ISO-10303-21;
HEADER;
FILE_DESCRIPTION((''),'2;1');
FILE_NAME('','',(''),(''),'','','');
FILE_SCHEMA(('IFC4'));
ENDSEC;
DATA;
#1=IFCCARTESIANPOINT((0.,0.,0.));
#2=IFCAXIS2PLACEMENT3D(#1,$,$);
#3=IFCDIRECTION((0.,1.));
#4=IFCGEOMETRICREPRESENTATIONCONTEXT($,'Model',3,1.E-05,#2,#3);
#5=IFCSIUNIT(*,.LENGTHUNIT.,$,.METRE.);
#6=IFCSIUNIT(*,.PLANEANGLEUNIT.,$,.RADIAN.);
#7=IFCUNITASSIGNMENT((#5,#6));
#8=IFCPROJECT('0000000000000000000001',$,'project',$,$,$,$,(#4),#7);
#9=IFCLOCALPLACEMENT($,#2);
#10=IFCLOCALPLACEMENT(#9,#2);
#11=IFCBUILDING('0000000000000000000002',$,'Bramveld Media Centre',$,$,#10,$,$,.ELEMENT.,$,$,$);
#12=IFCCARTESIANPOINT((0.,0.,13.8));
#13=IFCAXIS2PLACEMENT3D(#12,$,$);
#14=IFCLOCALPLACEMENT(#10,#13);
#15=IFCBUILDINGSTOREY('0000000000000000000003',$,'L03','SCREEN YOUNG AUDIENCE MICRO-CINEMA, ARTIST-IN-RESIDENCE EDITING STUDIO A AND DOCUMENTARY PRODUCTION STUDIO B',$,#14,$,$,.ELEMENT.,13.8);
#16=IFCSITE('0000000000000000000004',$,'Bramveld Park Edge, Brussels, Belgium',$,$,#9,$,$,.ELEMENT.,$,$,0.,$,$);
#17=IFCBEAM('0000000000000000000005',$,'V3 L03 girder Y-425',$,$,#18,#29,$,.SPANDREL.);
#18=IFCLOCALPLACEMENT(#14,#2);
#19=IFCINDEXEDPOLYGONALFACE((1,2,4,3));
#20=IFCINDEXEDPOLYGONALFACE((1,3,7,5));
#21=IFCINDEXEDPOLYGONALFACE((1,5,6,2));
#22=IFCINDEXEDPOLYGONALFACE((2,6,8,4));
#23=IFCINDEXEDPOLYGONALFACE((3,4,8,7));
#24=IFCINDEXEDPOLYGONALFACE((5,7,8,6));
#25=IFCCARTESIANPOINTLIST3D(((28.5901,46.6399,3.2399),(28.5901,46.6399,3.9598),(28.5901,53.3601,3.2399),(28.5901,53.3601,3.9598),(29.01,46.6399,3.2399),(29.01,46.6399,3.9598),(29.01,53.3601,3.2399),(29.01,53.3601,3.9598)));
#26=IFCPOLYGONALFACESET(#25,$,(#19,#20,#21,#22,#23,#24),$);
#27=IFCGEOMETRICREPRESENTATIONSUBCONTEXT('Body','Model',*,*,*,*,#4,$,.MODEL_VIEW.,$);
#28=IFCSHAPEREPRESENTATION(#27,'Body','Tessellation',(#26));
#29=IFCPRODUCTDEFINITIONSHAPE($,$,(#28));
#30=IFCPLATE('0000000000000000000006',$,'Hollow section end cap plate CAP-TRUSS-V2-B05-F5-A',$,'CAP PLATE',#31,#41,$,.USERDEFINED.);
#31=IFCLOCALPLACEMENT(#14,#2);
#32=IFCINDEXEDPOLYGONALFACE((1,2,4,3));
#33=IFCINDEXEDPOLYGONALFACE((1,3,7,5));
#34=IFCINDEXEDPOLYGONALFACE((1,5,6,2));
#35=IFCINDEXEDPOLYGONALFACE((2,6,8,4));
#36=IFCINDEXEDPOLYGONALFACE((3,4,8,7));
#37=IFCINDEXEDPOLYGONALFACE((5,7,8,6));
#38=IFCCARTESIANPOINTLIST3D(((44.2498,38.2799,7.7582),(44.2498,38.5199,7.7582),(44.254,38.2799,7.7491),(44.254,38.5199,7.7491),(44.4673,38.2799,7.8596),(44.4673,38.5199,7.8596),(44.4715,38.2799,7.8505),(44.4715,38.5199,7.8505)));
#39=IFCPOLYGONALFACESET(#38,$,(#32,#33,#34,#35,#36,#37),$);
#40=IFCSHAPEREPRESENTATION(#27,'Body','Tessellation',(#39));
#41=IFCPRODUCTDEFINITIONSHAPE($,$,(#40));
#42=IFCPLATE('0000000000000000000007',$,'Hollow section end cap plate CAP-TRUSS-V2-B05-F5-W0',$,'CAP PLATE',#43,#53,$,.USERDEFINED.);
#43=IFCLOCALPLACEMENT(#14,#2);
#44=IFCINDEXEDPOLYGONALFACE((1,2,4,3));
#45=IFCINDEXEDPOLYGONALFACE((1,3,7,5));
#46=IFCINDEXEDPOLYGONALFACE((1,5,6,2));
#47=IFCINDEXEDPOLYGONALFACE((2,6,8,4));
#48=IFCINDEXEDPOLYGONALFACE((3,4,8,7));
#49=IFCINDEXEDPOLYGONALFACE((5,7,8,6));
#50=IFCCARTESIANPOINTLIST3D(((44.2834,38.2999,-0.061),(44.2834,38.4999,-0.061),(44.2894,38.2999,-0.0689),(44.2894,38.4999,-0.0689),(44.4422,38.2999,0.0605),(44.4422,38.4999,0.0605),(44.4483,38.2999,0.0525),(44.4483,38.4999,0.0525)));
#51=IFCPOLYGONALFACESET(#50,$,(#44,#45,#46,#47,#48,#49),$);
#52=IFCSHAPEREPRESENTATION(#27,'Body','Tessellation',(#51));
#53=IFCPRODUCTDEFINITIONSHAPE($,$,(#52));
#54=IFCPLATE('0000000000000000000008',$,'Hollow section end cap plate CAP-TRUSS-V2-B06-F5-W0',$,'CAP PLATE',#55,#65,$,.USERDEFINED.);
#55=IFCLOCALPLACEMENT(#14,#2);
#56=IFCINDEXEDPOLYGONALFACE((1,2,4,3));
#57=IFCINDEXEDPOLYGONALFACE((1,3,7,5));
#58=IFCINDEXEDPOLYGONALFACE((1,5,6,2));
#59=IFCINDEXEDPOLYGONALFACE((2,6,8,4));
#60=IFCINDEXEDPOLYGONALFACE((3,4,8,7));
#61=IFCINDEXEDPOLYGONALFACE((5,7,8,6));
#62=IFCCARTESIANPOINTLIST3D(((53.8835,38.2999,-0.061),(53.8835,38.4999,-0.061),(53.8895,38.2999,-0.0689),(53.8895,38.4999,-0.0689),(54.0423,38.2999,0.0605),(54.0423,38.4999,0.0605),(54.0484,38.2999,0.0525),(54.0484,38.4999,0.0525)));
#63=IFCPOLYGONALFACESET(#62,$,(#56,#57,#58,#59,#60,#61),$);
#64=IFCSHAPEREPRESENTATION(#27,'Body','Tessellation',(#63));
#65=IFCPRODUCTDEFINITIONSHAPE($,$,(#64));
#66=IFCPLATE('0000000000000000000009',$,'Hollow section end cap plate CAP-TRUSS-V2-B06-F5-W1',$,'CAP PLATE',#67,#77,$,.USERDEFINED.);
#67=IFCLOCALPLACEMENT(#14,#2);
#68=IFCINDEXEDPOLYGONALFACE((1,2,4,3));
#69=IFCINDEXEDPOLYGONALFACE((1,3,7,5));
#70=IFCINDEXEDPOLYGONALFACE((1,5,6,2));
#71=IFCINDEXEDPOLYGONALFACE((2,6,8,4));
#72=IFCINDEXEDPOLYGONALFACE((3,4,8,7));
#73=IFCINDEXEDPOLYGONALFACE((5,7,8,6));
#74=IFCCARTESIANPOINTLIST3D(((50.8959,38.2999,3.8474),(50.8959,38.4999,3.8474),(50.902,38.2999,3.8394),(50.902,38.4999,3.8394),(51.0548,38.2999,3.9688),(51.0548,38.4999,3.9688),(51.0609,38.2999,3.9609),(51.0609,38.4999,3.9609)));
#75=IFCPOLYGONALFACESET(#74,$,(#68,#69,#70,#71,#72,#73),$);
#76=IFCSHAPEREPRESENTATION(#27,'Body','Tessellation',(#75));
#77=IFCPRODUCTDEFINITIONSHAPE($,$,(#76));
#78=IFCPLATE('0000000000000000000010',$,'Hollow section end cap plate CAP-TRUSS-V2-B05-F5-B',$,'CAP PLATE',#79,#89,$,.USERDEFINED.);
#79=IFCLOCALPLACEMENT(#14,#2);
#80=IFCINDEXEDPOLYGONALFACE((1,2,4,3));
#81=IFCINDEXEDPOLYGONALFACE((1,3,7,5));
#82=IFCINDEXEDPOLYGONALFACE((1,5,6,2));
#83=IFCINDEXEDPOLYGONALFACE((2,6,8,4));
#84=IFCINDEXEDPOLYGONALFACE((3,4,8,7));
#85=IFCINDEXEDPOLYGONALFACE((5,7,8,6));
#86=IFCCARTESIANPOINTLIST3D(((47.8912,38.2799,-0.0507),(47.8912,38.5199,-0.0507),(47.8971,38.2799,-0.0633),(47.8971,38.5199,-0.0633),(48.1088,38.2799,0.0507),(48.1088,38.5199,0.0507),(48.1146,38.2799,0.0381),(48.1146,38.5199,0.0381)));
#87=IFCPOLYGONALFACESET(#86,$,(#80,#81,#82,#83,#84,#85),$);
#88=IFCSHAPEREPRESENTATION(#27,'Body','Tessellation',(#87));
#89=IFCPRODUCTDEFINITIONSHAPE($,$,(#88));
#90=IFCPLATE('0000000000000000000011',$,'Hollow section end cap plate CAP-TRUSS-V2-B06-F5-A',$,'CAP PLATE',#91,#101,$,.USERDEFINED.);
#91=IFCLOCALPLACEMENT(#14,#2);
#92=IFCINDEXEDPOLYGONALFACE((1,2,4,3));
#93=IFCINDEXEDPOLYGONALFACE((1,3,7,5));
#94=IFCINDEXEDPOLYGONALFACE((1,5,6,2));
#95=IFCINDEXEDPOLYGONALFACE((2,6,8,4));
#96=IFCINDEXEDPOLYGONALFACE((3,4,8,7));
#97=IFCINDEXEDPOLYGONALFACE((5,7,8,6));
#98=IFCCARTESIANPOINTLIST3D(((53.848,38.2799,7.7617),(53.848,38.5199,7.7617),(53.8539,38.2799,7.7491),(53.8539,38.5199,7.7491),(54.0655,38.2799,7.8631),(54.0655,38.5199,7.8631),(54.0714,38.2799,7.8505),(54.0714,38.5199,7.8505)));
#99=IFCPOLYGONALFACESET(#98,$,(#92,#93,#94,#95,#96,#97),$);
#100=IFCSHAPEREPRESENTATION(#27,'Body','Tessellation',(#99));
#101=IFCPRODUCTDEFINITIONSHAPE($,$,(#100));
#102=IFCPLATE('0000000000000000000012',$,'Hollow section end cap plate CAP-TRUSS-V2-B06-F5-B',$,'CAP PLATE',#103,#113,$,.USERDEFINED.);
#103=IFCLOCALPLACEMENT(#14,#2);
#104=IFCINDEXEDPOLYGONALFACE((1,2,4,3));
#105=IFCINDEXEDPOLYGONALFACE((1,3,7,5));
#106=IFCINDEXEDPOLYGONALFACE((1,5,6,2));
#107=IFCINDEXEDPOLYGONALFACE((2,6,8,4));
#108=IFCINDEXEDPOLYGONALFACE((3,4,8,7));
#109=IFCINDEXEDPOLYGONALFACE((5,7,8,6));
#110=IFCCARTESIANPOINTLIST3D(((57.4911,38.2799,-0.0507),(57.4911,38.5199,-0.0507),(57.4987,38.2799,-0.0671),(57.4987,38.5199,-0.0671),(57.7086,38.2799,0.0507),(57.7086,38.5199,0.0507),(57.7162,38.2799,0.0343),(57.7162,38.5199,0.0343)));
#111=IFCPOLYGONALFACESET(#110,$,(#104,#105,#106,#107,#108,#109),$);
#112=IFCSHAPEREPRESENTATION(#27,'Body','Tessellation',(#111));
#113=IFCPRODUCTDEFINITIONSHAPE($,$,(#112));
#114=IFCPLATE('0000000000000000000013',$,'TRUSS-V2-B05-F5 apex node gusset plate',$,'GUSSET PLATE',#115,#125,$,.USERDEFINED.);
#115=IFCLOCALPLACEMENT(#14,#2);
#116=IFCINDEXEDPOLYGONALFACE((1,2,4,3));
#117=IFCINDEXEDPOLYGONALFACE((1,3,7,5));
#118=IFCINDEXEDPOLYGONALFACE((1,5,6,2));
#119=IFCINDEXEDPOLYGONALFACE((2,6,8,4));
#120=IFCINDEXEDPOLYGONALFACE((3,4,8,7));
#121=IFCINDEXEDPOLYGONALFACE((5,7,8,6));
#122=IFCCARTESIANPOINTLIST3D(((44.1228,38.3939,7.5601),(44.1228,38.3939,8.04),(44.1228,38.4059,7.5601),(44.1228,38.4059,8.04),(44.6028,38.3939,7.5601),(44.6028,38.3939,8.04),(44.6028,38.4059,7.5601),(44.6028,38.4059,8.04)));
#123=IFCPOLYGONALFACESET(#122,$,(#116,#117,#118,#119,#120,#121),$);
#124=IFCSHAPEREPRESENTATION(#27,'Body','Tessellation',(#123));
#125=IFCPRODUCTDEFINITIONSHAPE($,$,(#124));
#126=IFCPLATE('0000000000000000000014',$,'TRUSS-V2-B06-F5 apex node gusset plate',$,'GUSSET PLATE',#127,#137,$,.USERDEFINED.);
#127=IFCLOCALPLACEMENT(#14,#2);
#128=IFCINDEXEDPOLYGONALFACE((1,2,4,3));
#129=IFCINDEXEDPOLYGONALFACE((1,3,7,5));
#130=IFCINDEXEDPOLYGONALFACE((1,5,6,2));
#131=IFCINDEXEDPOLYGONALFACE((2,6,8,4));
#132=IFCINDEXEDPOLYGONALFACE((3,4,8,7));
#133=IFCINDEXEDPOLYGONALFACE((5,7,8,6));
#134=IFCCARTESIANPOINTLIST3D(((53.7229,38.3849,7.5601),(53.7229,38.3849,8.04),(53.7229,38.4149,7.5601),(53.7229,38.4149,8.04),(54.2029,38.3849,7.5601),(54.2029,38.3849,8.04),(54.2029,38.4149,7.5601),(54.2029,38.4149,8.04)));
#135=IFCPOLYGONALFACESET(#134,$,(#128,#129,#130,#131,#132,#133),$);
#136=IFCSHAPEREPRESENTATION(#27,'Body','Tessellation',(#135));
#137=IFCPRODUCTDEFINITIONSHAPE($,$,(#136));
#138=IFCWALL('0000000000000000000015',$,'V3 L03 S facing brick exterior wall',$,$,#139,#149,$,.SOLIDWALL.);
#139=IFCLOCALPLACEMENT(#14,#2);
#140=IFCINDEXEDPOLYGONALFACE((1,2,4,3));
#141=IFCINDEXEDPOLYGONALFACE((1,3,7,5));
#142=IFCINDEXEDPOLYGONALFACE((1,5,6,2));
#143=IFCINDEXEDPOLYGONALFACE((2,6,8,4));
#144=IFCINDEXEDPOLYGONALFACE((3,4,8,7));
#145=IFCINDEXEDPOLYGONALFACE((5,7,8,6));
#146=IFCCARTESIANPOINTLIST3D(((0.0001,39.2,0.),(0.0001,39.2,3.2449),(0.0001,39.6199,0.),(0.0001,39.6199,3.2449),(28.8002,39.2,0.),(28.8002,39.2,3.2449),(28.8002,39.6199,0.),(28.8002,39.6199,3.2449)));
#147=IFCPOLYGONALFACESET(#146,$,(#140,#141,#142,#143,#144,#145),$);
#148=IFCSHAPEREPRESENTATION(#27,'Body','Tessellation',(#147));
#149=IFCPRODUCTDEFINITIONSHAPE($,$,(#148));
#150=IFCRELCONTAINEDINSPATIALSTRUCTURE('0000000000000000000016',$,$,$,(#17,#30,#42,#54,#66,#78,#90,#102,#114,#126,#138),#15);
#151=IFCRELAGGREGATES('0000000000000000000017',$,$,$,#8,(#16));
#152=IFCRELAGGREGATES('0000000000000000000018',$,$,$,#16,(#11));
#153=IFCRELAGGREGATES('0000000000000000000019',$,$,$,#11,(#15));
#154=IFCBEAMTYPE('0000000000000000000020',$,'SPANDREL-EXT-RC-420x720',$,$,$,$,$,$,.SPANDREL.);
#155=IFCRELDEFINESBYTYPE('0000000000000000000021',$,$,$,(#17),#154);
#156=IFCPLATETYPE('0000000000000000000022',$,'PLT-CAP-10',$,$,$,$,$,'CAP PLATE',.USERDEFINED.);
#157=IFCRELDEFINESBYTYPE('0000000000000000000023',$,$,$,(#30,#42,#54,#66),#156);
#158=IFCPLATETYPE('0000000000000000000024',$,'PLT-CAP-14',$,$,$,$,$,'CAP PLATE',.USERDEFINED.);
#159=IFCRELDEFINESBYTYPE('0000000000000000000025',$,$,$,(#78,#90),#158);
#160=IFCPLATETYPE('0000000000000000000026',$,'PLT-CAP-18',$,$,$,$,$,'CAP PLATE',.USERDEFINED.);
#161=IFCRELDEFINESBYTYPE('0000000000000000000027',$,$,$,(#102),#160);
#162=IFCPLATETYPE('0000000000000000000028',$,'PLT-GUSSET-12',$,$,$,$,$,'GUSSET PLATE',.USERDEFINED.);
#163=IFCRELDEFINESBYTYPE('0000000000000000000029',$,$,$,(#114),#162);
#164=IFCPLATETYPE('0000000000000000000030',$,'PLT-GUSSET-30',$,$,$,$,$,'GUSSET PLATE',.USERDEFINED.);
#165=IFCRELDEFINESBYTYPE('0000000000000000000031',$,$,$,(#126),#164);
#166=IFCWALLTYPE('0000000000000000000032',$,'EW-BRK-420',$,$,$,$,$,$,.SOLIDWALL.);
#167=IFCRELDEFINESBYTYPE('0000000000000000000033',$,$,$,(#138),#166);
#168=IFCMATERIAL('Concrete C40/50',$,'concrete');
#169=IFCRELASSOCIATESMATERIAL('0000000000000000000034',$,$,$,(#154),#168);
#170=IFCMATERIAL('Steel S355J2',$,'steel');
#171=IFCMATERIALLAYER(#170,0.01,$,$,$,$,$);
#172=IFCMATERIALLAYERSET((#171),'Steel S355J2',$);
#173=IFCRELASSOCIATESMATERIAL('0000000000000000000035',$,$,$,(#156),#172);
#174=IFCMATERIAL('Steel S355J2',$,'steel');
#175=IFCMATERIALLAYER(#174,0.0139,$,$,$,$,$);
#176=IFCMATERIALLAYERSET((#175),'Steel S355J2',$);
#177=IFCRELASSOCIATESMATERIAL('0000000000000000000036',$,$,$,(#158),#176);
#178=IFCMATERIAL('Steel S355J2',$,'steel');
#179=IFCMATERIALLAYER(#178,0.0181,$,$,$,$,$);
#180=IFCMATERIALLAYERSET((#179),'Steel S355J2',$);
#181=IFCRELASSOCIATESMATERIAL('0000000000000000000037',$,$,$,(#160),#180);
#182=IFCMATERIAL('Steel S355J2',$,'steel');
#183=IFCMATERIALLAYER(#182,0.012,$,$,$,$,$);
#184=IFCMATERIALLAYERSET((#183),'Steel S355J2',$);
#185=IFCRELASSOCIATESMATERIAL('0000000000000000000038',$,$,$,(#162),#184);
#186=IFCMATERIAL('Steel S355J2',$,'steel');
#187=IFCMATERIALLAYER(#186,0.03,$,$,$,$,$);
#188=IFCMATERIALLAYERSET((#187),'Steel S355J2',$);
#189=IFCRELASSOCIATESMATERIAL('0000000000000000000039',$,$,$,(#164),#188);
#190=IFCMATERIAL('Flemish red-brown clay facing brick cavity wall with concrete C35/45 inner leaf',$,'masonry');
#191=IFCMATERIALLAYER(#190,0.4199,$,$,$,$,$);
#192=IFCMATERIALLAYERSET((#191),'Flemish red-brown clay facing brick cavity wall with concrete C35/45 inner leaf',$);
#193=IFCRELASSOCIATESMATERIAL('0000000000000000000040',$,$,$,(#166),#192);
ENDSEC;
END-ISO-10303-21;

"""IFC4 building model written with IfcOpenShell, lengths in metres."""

from ifc_helpers import new_model, si_unit, direction, frame, frame_2d, origin, origin_2d, place, context, subcontext, project, spatial, rectangle, extrude, material, layer, layer_set, material_profile, profile_set, type_object, element, save


model = new_model("IFC4")

# Units and contexts
model_context = context("Model", 3, precision=1e-05, world=origin(), true_north=direction((0.0, 1.0)))
body_context = subcontext(model_context, "Body", "Model", "MODEL_VIEW")
ifc_project = project(units=[si_unit("LENGTHUNIT", "METRE"), si_unit("PLANEANGLEUNIT", "RADIAN")], contexts=[model_context])

# Site, building, storey
site_placement = place(None, origin())
site = spatial("IfcSite", under=ifc_project, at=site_placement, Name="Bramveld Park Edge, Brussels, Belgium", CompositionType="ELEMENT", RefElevation=0.0)
building_placement = place(site_placement, origin())
building = spatial("IfcBuilding", under=site, at=building_placement, Name="Bramveld Media Centre", CompositionType="ELEMENT")
storey_placement = place(building_placement, frame((0.0, 0.0, 13.8)))
storey = spatial("IfcBuildingStorey", under=building, at=storey_placement, Name="L03", Description="SCREEN YOUNG AUDIENCE MICRO-CINEMA, ARTIST-IN-RESIDENCE EDITING STUDIO A AND DOCUMENTARY PRODUCTION STUDIO B", CompositionType="ELEMENT", Elevation=13.8)

# Beam
ifc_material_1 = material(Name="Concrete C40/50", Category="concrete")
ifc_material_profile_1 = material_profile(ifc_material_1, rectangle(XDim=0.4199, YDim=0.72, at=origin_2d()), Name="RC 420x720")
ifc_profile_set_1 = profile_set([ifc_material_profile_1], Name="Concrete C40/50")
beam_type_1 = type_object("IfcBeamType", Name="SPANDREL-EXT-RC-420x720", PredefinedType="SPANDREL", material=ifc_profile_set_1)
beam_1_placement = place(storey_placement, frame((28.8, 46.6399, 3.5999), z_axis=(0.0, 1.0, 0.0), x_axis=(-1.0, 0.0, 0.0)))
element("IfcBeam", 1, at=beam_1_placement, inside=storey, type_object=beam_type_1, Name="V3 L03 girder Y-425", PredefinedType="SPANDREL", context=body_context, shape_type="SweptSolid", body=[
    extrude(rectangle(XDim=0.4199, YDim=0.72, at=origin_2d()), origin(), (0.0, 0.0, 1.0), 6.7202),
])

# Plates
ifc_material_2 = material(Name="Steel S355J2", Category="steel")
ifc_layer_1 = layer(ifc_material_2, 0.01)
ifc_layer_set_1 = layer_set([ifc_layer_1], Name="Steel S355J2")
plate_type_1 = type_object("IfcPlateType", Name="PLT-CAP-10", ElementType="CAP PLATE", PredefinedType="USERDEFINED", material=ifc_layer_set_1)
plate_1_placement = place(storey_placement, frame((44.3628, 38.3999, 7.7998), z_axis=(-0.422618, 0.0, 0.906308), x_axis=(0.0, -1.0, 0.0)))
element("IfcPlate", 2, at=plate_1_placement, inside=storey, type_object=plate_type_1, Name="Hollow section end cap plate CAP-TRUSS-V2-B05-F5-A", ObjectType="CAP PLATE", PredefinedType="USERDEFINED", context=body_context, shape_type="SweptSolid", body=[
    extrude(rectangle(XDim=0.24, YDim=0.24, at=origin_2d()), origin(), (0.0, 0.0, 1.0), 0.01),
])
for number, where, z_axis, x_axis, name in (
    (3, (44.3628, 38.3999, -0.0002), (0.607328, 0.0, -0.794451), (0.0, 1.0, 0.0), "Hollow section end cap plate CAP-TRUSS-V2-B05-F5-W0"),
    (4, (53.9629, 38.3999, -0.0002), (0.607328, 0.0, -0.794451), (0.0, 1.0, 0.0), "Hollow section end cap plate CAP-TRUSS-V2-B06-F5-W0"),
    (5, (50.9814, 38.3999, 3.9001), (-0.607328, 0.0, 0.794451), (0.0, -1.0, 0.0), "Hollow section end cap plate CAP-TRUSS-V2-B06-F5-W1"),
):
    element("IfcPlate", number, at=place(storey_placement, frame(where, z_axis=z_axis, x_axis=x_axis)), inside=storey, type_object=plate_type_1, Name=name, ObjectType="CAP PLATE", PredefinedType="USERDEFINED", context=body_context, shape_type="SweptSolid", body=[
        extrude(rectangle(XDim=0.2, YDim=0.2, at=origin_2d()), origin(), (0.0, 0.0, 1.0), 0.01),
    ])
ifc_material_3 = material(Name="Steel S355J2", Category="steel")
ifc_layer_2 = layer(ifc_material_3, 0.0139)
ifc_layer_set_2 = layer_set([ifc_layer_2], Name="Steel S355J2")
plate_type_2 = type_object("IfcPlateType", Name="PLT-CAP-14", ElementType="CAP PLATE", PredefinedType="USERDEFINED", material=ifc_layer_set_2)
for number, where, z_axis, x_axis, name in (
    (6, (48.0, 38.3999, 0.0), (0.422618, 0.0, -0.906308), (0.0, 1.0, 0.0), "Hollow section end cap plate CAP-TRUSS-V2-B05-F5-B"),
    (7, (53.9626, 38.3999, 7.7998), (-0.422618, 0.0, 0.906308), (0.0, -1.0, 0.0), "Hollow section end cap plate CAP-TRUSS-V2-B06-F5-A"),
):
    element("IfcPlate", number, at=place(storey_placement, frame(where, z_axis=z_axis, x_axis=x_axis)), inside=storey, type_object=plate_type_2, Name=name, ObjectType="CAP PLATE", PredefinedType="USERDEFINED", context=body_context, shape_type="SweptSolid", body=[
        extrude(rectangle(XDim=0.24, YDim=0.24, at=origin_2d()), origin(), (0.0, 0.0, 1.0), 0.0139),
    ])
ifc_material_4 = material(Name="Steel S355J2", Category="steel")
ifc_layer_3 = layer(ifc_material_4, 0.0181)
ifc_layer_set_3 = layer_set([ifc_layer_3], Name="Steel S355J2")
plate_type_3 = type_object("IfcPlateType", Name="PLT-CAP-18", ElementType="CAP PLATE", PredefinedType="USERDEFINED", material=ifc_layer_set_3)
plate_2_placement = place(storey_placement, frame((57.5999, 38.3999, 0.0), z_axis=(0.422618, 0.0, -0.906308), x_axis=(0.0, 1.0, 0.0)))
element("IfcPlate", 8, at=plate_2_placement, inside=storey, type_object=plate_type_3, Name="Hollow section end cap plate CAP-TRUSS-V2-B06-F5-B", ObjectType="CAP PLATE", PredefinedType="USERDEFINED", context=body_context, shape_type="SweptSolid", body=[
    extrude(rectangle(XDim=0.24, YDim=0.24, at=origin_2d()), origin(), (0.0, 0.0, 1.0), 0.0181),
])
ifc_material_5 = material(Name="Steel S355J2", Category="steel")
ifc_layer_4 = layer(ifc_material_5, 0.012)
ifc_layer_set_4 = layer_set([ifc_layer_4], Name="Steel S355J2")
plate_type_4 = type_object("IfcPlateType", Name="PLT-GUSSET-12", ElementType="GUSSET PLATE", PredefinedType="USERDEFINED", material=ifc_layer_set_4)
plate_3_placement = place(storey_placement, frame((44.3628, 38.3999, 7.5601), z_axis=(0.0, 0.0, 1.0), x_axis=(1.0, 0.0, 0.0)))
element("IfcPlate", 9, at=plate_3_placement, inside=storey, type_object=plate_type_4, Name="TRUSS-V2-B05-F5 apex node gusset plate", ObjectType="GUSSET PLATE", PredefinedType="USERDEFINED", context=body_context, shape_type="SweptSolid", body=[
    extrude(rectangle(XDim=0.48, YDim=0.012, at=origin_2d()), origin(), (0.0, 0.0, 1.0), 0.48),
])
ifc_material_6 = material(Name="Steel S355J2", Category="steel")
ifc_layer_5 = layer(ifc_material_6, 0.03)
ifc_layer_set_5 = layer_set([ifc_layer_5], Name="Steel S355J2")
plate_type_5 = type_object("IfcPlateType", Name="PLT-GUSSET-30", ElementType="GUSSET PLATE", PredefinedType="USERDEFINED", material=ifc_layer_set_5)
plate_4_placement = place(storey_placement, frame((53.9629, 38.3999, 7.5601), z_axis=(0.0, 0.0, 1.0), x_axis=(1.0, 0.0, 0.0)))
element("IfcPlate", 10, at=plate_4_placement, inside=storey, type_object=plate_type_5, Name="TRUSS-V2-B06-F5 apex node gusset plate", ObjectType="GUSSET PLATE", PredefinedType="USERDEFINED", context=body_context, shape_type="SweptSolid", body=[
    extrude(rectangle(XDim=0.48, YDim=0.03, at=origin_2d()), origin(), (0.0, 0.0, 1.0), 0.48),
])

# Wall
ifc_material_7 = material(Name="Flemish red-brown clay facing brick cavity wall with concrete C35/45 inner leaf", Category="masonry")
ifc_layer_6 = layer(ifc_material_7, 0.4199)
ifc_layer_set_6 = layer_set([ifc_layer_6], Name="Flemish red-brown clay facing brick cavity wall with concrete C35/45 inner leaf")
wall_type = type_object("IfcWallType", Name="EW-BRK-420", PredefinedType="SOLIDWALL", material=ifc_layer_set_6)
wall_placement = place(storey_placement, frame((28.8, 39.4099, 0.0), z_axis=(0.0, 0.0, 1.0), x_axis=(-1.0, 0.0, 0.0)))
element("IfcWall", 11, at=wall_placement, inside=storey, type_object=wall_type, Name="V3 L03 S facing brick exterior wall", PredefinedType="SOLIDWALL", context=body_context, shape_type="SweptSolid", body=[
    extrude(rectangle(XDim=28.8, YDim=0.4199, at=frame_2d((14.3999, 0.0))), origin(), (0.0, 0.0, 1.0), 3.2449),
])

save(model, "model.ifc")
